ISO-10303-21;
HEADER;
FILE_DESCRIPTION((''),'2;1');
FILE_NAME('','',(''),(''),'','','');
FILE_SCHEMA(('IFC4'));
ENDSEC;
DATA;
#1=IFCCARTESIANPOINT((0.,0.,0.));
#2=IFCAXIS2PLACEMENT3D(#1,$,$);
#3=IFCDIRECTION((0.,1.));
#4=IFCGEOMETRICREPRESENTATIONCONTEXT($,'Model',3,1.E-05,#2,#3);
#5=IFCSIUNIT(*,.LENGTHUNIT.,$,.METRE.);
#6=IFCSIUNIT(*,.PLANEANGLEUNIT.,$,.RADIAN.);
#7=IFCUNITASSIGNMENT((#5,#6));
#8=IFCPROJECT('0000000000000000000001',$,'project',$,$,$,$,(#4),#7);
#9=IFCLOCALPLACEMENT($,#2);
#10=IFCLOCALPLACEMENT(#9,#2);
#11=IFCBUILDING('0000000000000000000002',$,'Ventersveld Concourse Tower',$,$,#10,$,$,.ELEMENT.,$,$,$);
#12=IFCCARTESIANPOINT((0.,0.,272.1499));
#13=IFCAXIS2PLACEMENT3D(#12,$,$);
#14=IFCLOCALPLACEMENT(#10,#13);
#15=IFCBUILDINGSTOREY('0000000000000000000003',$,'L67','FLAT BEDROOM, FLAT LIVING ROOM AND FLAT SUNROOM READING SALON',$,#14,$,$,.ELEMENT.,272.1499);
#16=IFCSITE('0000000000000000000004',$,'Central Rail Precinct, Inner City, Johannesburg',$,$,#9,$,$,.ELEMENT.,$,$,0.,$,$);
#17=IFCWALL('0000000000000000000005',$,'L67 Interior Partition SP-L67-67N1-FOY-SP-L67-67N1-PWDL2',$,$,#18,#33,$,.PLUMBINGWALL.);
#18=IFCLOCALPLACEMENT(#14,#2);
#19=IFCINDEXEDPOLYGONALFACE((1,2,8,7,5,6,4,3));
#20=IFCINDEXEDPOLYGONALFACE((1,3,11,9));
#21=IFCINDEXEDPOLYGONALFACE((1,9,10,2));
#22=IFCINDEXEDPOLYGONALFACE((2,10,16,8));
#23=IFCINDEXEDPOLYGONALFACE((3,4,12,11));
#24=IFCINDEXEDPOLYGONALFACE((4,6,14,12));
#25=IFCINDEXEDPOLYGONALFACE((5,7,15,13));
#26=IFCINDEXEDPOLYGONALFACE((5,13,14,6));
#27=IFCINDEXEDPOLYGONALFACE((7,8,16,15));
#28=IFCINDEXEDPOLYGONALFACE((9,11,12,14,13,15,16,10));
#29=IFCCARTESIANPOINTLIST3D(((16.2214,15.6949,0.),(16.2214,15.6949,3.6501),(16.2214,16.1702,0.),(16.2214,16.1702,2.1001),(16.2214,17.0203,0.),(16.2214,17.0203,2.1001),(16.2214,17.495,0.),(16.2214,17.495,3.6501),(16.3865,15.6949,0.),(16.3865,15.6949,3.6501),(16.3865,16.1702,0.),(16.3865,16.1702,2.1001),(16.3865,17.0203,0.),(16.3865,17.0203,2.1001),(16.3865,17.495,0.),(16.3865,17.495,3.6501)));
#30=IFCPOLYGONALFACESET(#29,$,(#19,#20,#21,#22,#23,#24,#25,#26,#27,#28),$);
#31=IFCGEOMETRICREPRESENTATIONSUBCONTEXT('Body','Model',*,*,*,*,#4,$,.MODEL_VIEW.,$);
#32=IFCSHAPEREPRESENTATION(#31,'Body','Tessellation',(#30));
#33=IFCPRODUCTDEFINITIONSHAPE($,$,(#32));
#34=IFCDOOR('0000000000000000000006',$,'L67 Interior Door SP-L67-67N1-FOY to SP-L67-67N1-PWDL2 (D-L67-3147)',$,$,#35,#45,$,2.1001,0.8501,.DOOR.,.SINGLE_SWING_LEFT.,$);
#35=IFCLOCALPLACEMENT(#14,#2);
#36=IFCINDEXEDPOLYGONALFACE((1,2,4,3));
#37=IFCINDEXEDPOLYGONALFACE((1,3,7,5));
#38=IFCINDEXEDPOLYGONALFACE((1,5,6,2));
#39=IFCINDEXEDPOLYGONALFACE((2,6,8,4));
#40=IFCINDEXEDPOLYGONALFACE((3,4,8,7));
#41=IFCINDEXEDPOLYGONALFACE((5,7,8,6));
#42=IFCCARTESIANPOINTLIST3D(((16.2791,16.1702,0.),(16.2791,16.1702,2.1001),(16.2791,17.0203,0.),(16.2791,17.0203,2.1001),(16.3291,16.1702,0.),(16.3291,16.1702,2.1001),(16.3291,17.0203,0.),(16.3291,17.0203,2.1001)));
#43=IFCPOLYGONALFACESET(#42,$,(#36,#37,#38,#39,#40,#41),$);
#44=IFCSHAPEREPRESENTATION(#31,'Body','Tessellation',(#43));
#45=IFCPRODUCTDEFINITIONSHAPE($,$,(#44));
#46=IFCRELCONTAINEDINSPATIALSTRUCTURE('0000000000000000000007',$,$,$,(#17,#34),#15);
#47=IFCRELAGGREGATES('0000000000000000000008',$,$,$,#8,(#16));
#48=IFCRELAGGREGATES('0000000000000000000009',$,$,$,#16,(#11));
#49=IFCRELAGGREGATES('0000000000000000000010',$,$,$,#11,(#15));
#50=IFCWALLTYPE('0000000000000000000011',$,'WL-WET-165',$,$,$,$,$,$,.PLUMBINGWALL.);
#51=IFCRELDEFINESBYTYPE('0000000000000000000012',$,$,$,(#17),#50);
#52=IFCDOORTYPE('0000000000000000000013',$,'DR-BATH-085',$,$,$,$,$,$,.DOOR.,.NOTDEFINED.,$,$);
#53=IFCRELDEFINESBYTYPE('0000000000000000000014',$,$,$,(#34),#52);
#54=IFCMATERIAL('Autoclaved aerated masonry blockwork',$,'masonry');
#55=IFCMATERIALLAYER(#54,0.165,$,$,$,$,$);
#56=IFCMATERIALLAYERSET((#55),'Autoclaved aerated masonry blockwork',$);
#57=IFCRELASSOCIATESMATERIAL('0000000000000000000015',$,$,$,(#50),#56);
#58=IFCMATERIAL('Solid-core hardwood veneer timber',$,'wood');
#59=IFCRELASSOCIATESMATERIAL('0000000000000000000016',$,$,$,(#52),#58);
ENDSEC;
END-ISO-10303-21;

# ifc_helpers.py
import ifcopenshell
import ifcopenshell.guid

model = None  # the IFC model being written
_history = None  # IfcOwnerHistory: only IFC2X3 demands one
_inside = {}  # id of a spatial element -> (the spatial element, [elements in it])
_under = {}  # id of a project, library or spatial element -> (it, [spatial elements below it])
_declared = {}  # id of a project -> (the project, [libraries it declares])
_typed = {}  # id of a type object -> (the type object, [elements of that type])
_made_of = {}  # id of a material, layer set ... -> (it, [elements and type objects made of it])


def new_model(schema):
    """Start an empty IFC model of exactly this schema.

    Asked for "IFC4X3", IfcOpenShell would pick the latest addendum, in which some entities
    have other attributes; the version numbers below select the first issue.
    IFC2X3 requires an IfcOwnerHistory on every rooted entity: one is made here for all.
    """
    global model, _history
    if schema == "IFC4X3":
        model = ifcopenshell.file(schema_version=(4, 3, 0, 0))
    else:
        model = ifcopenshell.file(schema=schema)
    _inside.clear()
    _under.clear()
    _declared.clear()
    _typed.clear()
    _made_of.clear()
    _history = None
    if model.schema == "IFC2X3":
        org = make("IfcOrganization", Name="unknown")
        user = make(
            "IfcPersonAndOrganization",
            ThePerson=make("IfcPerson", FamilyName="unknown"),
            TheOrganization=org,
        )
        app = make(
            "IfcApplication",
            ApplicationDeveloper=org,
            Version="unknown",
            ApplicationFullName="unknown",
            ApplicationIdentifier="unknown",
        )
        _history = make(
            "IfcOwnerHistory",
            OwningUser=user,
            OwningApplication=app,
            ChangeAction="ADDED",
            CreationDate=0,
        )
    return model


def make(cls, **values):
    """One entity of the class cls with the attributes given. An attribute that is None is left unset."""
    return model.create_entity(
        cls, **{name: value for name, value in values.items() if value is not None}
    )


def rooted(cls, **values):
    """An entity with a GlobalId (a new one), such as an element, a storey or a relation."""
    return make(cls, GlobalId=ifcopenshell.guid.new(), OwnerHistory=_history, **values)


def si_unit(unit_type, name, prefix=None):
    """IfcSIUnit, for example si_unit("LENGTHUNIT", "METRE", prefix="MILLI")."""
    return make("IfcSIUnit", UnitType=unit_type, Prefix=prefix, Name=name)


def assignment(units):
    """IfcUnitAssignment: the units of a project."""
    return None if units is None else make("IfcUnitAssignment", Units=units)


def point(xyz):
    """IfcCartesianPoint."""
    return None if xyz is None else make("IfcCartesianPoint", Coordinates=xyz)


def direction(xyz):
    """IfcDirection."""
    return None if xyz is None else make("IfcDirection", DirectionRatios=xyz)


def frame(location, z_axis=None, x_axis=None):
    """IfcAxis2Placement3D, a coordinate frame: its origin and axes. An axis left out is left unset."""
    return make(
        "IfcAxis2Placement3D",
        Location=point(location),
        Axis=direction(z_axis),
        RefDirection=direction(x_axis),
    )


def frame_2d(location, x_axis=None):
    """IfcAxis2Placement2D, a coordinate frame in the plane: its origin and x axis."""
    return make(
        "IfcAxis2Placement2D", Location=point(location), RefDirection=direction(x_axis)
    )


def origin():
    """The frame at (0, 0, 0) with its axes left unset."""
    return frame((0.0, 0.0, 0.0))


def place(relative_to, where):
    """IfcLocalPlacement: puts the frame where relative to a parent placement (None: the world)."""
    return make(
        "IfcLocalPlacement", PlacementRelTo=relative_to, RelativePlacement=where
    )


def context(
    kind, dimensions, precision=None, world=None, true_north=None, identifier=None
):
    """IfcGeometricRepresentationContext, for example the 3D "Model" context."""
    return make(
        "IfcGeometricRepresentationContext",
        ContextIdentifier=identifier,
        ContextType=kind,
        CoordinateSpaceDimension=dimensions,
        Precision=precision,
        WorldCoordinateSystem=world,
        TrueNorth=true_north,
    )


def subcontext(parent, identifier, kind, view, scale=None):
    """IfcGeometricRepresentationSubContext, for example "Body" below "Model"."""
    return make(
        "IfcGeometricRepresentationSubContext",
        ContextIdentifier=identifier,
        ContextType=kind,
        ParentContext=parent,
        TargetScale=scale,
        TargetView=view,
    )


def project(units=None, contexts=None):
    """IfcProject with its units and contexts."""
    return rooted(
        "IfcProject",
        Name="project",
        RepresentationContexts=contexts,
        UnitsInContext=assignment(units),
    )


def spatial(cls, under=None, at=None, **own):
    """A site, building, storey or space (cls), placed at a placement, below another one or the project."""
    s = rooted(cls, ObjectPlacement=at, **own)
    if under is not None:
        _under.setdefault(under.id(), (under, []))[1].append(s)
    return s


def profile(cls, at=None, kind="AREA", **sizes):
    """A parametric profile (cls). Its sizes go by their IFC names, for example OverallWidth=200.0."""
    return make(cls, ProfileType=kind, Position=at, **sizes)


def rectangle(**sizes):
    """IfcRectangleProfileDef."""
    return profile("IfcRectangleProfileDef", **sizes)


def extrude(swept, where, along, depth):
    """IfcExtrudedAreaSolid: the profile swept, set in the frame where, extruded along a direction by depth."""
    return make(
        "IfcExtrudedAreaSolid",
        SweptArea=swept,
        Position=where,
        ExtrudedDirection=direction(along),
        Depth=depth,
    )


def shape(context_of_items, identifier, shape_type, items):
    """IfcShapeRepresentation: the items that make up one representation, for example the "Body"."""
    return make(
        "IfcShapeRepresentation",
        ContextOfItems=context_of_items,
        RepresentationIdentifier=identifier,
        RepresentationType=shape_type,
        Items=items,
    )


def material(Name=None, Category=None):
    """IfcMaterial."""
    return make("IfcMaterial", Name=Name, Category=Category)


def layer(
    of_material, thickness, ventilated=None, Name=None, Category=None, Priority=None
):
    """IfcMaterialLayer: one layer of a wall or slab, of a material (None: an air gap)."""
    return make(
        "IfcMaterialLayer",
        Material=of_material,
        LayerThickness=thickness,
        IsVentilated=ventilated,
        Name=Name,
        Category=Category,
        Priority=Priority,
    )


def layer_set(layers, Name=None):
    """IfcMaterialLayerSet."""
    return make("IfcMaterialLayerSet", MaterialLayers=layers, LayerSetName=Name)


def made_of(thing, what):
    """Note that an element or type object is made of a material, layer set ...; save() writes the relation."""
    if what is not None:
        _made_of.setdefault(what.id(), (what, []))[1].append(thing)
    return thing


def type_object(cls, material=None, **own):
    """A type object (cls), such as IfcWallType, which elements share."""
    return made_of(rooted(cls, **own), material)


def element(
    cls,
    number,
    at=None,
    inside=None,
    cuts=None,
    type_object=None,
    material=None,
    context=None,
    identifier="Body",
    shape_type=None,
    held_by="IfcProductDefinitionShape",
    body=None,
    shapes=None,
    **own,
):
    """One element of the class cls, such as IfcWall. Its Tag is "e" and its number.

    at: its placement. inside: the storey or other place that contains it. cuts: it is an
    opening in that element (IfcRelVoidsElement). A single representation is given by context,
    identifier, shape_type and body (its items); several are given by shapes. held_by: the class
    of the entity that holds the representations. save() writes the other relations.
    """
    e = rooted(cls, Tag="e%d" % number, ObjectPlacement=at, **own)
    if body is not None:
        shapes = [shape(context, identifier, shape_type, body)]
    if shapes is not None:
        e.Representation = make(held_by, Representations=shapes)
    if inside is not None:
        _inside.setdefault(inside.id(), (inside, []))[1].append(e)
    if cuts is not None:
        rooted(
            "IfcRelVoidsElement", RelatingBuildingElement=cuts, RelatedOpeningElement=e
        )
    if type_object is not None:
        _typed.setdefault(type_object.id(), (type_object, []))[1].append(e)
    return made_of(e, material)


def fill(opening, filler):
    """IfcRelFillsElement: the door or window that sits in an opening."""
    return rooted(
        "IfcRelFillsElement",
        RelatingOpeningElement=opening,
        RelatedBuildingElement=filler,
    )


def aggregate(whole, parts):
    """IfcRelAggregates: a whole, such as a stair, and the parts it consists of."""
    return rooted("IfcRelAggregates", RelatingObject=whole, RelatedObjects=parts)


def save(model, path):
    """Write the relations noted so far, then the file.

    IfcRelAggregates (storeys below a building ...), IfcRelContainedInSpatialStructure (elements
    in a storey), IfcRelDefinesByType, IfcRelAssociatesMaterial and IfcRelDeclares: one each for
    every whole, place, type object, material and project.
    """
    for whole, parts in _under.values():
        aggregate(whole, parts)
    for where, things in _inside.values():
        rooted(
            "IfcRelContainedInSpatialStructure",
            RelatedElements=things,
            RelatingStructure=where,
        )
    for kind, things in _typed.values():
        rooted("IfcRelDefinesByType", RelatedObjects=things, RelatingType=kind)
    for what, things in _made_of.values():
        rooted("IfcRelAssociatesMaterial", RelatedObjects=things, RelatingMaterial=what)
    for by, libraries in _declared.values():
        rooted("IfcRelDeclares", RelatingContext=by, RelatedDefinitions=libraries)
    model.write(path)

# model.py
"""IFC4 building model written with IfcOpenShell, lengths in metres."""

from ifc_helpers import new_model, si_unit, direction, frame, frame_2d, origin, place, context, subcontext, project, spatial, rectangle, extrude, material, layer, layer_set, type_object, element, fill, save


model = new_model("IFC4")

# Units and contexts
model_context = context("Model", 3, precision=1e-05, world=origin(), true_north=direction((0.0, 1.0)))
body_context = subcontext(model_context, "Body", "Model", "MODEL_VIEW")
ifc_project = project(units=[si_unit("LENGTHUNIT", "METRE"), si_unit("PLANEANGLEUNIT", "RADIAN")], contexts=[model_context])

# Site, building, storey
site_placement = place(None, origin())
site = spatial("IfcSite", under=ifc_project, at=site_placement, Name="Central Rail Precinct, Inner City, Johannesburg", CompositionType="ELEMENT", RefElevation=0.0)
building_placement = place(site_placement, origin())
building = spatial("IfcBuilding", under=site, at=building_placement, Name="Ventersveld Concourse Tower", CompositionType="ELEMENT")
storey_placement = place(building_placement, frame((0.0, 0.0, 272.1499)))
storey = spatial("IfcBuildingStorey", under=building, at=storey_placement, Name="L67", Description="FLAT BEDROOM, FLAT LIVING ROOM AND FLAT SUNROOM READING SALON", CompositionType="ELEMENT", Elevation=272.1499)

# Shared definitions
ifc_material_1 = material(Name="Autoclaved aerated masonry blockwork", Category="masonry")
ifc_material_2 = material(Name="Solid-core hardwood veneer timber", Category="wood")

# Wall, opening, door
ifc_layer_1 = layer(ifc_material_1, 0.165)
ifc_layer_set_1 = layer_set([ifc_layer_1], Name="Autoclaved aerated masonry blockwork")
wall_type_1 = type_object("IfcWallType", Name="WL-WET-165", PredefinedType="PLUMBINGWALL", material=ifc_layer_set_1)
door_type_1 = type_object("IfcDoorType", Name="DR-BATH-085", OperationType="NOTDEFINED", PredefinedType="DOOR", material=ifc_material_2)
wall_1_placement = place(storey_placement, frame((16.304, 15.6951, 0.0), z_axis=(0.0, 0.0, 1.0), x_axis=(0.0, 1.0, 0.0)))
wall_1 = element("IfcWall", 1, at=wall_1_placement, inside=storey, type_object=wall_type_1, Name="L67 Interior Partition SP-L67-67N1-FOY-SP-L67-67N1-PWDL2", PredefinedType="PLUMBINGWALL", context=body_context, shape_type="SweptSolid", body=[
    extrude(rectangle(XDim=1.8, YDim=0.165, at=frame_2d((0.8999, 0.0))), origin(), (0.0, 0.0, 1.0), 3.6501),
])
opening_1_placement = place(wall_1_placement, frame((0.4751, 0.0, 0.0)))
opening_1 = element("IfcOpeningElement", 2, at=opening_1_placement, cuts=wall_1, PredefinedType="OPENING", context=body_context, shape_type="SweptSolid", body=[
    extrude(rectangle(XDim=0.8501, YDim=2.1001, at=frame_2d((0.425, 1.05))), frame((0.0, 0.0925, 0.0), z_axis=(0.0, -1.0, 0.0), x_axis=(1.0, 0.0, 0.0)), (0.0, 0.0, 1.0), 0.1851),
])
door_1_placement = place(opening_1_placement, origin())
door_1 = element("IfcDoor", 3, at=door_1_placement, inside=storey, type_object=door_type_1, Name="L67 Interior Door SP-L67-67N1-FOY to SP-L67-67N1-PWDL2 (D-L67-3147)", OperationType="SINGLE_SWING_LEFT", OverallHeight=2.1001, OverallWidth=0.8501, PredefinedType="DOOR", context=body_context, shape_type="SweptSolid", body=[
    extrude(rectangle(XDim=0.8501, YDim=2.1001, at=frame_2d((0.425, 1.05))), frame((0.0, 0.0249, 0.0), z_axis=(0.0, -1.0, 0.0), x_axis=(1.0, 0.0, 0.0)), (0.0, 0.0, 1.0), 0.05),
])
fill(opening_1, door_1)

save(model, "model.ifc")
